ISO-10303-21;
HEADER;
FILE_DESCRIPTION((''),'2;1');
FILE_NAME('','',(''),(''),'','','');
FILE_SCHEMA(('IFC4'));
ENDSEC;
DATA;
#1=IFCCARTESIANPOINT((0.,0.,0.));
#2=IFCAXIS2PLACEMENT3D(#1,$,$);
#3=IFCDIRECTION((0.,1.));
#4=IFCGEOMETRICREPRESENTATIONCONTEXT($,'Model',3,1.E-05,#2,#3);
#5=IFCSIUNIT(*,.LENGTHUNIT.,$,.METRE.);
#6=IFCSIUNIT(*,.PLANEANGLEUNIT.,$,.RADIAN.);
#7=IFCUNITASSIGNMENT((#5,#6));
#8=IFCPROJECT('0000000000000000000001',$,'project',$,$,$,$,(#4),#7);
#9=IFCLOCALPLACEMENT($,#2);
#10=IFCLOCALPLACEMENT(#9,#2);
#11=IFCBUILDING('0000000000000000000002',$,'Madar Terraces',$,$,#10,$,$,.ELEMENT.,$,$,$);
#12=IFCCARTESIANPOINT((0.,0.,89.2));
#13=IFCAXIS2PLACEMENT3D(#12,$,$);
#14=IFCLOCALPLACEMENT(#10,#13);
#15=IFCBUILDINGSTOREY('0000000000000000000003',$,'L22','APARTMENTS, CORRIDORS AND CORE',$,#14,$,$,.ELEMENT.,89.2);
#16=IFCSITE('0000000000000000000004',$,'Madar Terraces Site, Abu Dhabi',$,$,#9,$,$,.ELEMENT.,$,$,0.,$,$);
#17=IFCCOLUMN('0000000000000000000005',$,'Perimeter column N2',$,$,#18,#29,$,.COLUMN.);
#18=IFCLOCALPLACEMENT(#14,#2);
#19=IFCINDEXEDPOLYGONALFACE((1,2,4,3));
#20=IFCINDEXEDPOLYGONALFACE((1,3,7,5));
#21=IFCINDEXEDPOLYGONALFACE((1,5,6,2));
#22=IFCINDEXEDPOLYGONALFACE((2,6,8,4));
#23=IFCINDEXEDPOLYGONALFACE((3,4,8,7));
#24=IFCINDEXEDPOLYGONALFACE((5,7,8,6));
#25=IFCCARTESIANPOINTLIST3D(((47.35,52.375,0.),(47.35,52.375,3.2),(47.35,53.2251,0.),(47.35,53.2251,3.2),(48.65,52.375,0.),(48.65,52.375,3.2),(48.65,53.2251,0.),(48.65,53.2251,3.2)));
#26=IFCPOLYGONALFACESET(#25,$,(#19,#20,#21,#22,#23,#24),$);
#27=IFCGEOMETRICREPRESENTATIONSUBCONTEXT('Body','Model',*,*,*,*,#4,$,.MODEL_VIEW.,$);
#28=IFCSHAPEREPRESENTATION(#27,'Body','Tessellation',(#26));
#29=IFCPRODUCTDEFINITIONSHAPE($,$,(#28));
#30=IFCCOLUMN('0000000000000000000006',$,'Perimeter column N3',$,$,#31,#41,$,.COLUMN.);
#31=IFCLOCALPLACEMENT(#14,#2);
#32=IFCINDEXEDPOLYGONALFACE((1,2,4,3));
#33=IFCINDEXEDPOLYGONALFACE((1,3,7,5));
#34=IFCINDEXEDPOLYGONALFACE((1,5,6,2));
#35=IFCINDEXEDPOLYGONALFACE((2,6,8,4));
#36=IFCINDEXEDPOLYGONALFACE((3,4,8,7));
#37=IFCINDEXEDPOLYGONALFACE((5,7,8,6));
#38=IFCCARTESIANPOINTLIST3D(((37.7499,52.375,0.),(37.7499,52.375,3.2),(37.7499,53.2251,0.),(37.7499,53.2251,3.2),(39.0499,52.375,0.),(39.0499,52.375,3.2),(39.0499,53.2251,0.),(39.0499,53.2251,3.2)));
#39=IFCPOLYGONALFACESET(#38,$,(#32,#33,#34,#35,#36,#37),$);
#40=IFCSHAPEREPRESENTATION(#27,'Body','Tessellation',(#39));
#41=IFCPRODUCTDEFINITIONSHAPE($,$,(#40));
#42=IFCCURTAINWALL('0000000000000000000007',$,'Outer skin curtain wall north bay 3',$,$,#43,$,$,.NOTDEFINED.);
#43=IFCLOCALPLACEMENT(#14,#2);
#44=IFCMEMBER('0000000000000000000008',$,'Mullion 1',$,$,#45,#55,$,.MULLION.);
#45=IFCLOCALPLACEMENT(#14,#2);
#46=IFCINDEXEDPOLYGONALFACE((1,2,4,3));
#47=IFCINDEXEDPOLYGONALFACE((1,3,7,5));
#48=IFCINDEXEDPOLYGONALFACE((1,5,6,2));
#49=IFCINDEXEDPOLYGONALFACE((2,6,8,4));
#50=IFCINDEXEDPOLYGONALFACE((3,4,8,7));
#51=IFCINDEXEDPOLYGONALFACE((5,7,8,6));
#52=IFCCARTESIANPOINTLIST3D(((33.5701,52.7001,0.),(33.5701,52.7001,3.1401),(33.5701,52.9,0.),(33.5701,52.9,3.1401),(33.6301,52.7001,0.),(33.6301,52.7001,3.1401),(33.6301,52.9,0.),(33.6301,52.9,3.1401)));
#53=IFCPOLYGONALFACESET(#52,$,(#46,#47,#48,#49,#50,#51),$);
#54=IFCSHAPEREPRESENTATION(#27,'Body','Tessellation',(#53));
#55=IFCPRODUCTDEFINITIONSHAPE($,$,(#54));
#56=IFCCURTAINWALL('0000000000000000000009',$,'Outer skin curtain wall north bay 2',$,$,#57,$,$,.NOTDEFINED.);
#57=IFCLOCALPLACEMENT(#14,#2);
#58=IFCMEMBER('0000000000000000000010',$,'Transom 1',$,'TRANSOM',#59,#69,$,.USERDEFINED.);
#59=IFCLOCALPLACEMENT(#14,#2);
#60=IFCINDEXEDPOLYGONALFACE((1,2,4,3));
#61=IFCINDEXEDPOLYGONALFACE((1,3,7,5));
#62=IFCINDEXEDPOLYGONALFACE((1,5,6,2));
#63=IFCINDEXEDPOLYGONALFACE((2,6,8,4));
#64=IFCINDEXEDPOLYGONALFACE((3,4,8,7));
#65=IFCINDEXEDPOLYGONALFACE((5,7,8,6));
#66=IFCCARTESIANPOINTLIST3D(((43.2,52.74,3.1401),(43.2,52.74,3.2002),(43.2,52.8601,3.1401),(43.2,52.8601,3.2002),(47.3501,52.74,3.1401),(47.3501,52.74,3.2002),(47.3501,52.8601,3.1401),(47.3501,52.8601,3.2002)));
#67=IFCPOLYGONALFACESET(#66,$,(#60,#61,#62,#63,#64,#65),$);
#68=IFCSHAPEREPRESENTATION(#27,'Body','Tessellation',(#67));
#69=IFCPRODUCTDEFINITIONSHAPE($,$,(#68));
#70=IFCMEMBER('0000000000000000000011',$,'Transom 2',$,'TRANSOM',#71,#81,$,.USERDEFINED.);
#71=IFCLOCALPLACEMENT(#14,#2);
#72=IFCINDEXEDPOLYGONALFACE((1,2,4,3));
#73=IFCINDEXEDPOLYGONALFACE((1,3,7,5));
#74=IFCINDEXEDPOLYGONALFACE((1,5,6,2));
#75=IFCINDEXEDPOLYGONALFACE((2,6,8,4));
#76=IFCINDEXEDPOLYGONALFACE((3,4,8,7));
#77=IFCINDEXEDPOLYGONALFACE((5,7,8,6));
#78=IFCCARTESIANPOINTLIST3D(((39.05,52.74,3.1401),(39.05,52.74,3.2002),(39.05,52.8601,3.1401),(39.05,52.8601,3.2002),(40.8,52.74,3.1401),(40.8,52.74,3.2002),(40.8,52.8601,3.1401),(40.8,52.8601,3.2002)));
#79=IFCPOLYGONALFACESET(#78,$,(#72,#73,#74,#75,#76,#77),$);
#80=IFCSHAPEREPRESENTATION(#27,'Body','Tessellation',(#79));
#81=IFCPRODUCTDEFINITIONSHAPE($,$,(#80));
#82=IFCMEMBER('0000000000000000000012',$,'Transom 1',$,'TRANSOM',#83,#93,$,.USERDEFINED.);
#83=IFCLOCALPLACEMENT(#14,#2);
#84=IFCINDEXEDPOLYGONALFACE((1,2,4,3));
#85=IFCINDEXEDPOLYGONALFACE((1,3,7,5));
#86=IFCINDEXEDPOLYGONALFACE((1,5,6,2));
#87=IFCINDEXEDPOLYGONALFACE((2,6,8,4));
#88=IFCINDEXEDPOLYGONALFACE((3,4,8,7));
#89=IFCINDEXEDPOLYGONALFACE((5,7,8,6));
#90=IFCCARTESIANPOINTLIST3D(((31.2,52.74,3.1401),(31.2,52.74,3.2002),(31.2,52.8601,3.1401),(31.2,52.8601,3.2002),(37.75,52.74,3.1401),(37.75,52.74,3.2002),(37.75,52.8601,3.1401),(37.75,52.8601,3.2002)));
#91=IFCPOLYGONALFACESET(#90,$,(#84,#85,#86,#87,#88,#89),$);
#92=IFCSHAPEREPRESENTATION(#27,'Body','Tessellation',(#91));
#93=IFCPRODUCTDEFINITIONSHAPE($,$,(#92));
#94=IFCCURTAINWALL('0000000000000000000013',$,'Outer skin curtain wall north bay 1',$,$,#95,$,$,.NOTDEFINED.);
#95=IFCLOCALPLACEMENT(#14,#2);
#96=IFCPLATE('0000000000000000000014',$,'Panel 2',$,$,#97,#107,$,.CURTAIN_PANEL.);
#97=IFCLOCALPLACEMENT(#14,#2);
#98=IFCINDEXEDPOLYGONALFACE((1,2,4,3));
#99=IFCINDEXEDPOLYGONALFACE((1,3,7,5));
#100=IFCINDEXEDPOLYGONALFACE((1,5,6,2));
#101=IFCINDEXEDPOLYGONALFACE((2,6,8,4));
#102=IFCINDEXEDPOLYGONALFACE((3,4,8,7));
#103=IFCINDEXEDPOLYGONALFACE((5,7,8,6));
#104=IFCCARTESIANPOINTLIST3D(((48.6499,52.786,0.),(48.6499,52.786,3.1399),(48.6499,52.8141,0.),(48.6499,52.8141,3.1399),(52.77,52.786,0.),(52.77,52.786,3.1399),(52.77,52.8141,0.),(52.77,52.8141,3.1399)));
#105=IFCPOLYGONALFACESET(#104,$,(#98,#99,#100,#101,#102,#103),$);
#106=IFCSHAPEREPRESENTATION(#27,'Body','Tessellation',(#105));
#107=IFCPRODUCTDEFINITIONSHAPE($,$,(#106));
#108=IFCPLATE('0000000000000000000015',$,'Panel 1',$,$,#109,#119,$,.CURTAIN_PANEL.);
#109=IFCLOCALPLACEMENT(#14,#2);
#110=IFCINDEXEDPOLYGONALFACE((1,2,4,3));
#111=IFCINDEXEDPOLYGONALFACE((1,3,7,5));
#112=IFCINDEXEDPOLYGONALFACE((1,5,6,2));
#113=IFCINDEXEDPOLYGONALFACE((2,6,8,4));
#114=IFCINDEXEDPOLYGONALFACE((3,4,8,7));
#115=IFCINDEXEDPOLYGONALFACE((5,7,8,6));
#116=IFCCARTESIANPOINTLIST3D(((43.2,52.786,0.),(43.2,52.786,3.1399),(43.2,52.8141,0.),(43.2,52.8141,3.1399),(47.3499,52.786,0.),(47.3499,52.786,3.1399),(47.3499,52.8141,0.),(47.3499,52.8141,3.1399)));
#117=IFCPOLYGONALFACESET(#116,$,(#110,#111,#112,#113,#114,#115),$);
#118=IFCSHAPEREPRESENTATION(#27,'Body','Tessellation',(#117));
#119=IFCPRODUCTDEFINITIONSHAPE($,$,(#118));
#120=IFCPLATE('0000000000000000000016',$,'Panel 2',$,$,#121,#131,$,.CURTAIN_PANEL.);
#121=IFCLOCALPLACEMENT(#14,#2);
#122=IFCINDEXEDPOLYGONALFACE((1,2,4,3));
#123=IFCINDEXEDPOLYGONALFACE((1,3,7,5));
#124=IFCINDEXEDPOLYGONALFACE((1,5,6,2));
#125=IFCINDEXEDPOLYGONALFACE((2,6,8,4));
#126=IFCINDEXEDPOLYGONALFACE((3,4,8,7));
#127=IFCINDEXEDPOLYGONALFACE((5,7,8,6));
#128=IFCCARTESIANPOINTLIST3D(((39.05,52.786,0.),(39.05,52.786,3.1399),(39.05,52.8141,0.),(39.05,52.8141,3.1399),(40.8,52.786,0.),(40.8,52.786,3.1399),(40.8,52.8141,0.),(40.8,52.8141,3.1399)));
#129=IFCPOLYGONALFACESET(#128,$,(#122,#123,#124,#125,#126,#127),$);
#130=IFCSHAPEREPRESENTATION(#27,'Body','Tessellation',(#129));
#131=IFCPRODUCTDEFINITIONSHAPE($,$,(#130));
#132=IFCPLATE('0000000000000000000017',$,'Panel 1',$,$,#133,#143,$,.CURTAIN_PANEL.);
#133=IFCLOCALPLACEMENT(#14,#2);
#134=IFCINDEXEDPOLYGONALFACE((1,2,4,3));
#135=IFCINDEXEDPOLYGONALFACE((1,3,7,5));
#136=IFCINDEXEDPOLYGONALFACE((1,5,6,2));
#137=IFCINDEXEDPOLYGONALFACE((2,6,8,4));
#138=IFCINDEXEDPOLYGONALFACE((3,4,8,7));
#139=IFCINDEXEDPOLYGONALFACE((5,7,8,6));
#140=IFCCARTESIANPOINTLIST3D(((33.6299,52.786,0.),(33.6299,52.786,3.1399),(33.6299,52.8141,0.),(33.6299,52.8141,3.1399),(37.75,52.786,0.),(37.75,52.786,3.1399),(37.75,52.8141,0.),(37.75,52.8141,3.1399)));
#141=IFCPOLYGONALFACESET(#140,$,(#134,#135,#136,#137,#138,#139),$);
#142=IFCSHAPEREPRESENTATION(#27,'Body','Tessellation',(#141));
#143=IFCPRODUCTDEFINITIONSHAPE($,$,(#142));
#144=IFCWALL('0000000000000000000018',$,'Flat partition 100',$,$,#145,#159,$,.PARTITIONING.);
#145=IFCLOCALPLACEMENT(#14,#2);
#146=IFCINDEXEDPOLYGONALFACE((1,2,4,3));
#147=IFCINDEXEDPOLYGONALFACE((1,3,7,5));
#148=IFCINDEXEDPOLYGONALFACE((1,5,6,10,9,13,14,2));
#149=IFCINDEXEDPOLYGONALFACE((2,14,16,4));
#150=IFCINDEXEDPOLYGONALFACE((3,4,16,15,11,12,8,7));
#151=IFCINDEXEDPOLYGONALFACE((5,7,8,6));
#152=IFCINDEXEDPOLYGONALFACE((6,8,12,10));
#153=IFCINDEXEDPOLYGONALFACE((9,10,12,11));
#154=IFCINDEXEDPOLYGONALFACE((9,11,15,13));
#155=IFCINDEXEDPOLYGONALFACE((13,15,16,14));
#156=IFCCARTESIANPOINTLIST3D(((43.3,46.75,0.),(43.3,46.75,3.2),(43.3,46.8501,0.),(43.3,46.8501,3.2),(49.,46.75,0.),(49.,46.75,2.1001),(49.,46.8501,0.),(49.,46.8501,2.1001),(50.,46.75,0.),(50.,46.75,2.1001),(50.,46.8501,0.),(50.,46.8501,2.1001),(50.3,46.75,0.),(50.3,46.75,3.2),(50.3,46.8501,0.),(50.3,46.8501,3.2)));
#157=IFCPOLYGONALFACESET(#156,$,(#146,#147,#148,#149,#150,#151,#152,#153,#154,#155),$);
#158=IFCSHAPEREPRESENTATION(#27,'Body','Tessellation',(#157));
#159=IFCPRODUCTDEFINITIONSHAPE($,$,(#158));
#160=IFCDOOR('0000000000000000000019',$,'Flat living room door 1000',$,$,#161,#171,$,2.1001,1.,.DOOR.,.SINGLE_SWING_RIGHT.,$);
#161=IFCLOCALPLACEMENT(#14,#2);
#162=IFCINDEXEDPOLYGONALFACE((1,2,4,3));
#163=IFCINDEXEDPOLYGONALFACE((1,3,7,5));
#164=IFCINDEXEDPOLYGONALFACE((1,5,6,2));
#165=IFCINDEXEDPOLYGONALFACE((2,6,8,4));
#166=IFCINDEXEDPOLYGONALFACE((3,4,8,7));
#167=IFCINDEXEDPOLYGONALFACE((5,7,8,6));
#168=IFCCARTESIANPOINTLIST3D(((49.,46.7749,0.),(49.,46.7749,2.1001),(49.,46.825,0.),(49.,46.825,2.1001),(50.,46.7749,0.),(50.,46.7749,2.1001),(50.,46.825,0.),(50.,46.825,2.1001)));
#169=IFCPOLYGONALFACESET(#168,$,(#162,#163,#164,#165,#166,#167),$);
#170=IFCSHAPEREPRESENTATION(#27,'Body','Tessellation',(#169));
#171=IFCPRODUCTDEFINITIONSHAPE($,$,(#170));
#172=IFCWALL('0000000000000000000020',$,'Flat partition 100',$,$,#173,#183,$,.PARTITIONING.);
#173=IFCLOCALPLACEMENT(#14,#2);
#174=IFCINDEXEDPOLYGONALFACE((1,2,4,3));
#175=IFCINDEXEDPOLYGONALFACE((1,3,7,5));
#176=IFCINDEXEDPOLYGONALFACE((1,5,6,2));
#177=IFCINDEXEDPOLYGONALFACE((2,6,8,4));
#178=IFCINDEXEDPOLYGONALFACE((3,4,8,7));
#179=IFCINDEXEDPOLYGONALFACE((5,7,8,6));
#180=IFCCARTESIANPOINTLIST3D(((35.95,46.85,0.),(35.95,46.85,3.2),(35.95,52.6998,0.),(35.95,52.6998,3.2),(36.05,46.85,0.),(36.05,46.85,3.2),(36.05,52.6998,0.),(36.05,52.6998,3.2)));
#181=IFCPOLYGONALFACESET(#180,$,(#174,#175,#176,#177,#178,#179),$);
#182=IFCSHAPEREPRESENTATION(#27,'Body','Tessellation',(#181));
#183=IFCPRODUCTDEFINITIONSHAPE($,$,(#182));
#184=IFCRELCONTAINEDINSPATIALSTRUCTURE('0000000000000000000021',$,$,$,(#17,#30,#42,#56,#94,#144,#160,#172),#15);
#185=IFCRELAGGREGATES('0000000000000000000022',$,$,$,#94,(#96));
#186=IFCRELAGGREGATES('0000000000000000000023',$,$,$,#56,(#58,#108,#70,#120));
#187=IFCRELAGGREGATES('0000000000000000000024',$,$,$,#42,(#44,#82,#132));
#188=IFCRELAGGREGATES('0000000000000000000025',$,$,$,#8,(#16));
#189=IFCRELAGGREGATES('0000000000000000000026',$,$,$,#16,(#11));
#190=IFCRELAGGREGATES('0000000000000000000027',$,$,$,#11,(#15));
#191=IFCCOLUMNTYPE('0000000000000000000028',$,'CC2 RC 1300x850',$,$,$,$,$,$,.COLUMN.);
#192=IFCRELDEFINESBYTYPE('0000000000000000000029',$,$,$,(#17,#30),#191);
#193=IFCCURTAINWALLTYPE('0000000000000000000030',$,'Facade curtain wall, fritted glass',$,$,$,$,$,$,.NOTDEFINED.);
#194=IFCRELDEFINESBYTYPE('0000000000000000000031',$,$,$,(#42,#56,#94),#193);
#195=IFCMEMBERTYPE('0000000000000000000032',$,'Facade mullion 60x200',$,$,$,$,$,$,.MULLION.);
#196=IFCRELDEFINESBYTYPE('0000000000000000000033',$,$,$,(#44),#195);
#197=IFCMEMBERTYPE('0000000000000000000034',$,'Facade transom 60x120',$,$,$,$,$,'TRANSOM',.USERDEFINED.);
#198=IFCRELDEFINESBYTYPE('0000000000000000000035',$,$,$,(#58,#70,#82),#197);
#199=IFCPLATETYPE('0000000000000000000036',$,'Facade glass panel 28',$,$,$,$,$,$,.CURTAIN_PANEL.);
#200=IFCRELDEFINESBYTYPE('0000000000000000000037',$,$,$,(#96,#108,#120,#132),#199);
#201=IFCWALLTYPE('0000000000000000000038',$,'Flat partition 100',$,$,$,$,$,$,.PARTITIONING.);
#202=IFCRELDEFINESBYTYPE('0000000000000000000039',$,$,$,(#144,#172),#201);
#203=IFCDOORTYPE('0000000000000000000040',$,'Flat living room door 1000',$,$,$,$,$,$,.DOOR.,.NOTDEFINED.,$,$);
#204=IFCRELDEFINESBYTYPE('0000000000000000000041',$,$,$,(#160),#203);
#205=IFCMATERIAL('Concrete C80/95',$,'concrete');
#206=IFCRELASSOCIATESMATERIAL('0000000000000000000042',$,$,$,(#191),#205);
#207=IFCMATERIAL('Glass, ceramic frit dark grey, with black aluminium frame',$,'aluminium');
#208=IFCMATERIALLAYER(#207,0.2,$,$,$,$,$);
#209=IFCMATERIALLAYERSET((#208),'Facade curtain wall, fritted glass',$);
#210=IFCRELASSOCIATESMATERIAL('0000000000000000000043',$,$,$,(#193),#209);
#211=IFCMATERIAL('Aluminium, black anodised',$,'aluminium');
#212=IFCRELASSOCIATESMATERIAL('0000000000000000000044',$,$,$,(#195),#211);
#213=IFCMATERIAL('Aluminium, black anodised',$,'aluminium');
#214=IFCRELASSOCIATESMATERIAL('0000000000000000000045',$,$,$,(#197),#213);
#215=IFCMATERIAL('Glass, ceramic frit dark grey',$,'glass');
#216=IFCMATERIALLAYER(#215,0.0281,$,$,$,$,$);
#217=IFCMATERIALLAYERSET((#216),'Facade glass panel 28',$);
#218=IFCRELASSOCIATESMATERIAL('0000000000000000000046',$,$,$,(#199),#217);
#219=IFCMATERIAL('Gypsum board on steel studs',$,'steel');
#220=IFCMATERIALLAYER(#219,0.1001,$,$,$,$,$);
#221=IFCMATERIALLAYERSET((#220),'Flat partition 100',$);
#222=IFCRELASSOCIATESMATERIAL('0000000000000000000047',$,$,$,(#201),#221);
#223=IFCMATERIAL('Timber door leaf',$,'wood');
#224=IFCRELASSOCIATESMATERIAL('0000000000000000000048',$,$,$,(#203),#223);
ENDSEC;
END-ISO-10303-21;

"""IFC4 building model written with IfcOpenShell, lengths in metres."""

from ifc_helpers import new_model, si_unit, direction, frame, frame_2d, origin, origin_2d, place, context, subcontext, project, spatial, rectangle, extrude, material, layer, layer_set, material_profile, profile_set, type_object, element, fill, aggregate, save


model = new_model("IFC4")

# Units and contexts
model_context = context("Model", 3, precision=1e-05, world=origin(), true_north=direction((0.0, 1.0)))
body_context = subcontext(model_context, "Body", "Model", "MODEL_VIEW")
ifc_project = project(units=[si_unit("LENGTHUNIT", "METRE"), si_unit("PLANEANGLEUNIT", "RADIAN")], contexts=[model_context])

# Site, building, storey
site_placement = place(None, origin())
site = spatial("IfcSite", under=ifc_project, at=site_placement, Name="Madar Terraces Site, Abu Dhabi", CompositionType="ELEMENT", RefElevation=0.0)
building_placement = place(site_placement, origin())
building = spatial("IfcBuilding", under=site, at=building_placement, Name="Madar Terraces", CompositionType="ELEMENT")
storey_placement = place(building_placement, frame((0.0, 0.0, 89.2)))
storey = spatial("IfcBuildingStorey", under=building, at=storey_placement, Name="L22", Description="APARTMENTS, CORRIDORS AND CORE", CompositionType="ELEMENT", Elevation=89.2)

# Columns
ifc_material_1 = material(Name="Concrete C80/95", Category="concrete")
ifc_material_profile_1 = material_profile(ifc_material_1, rectangle(XDim=1.3, YDim=0.8501, at=origin_2d()), Name="CC2 RC 1300x850")
ifc_profile_set_1 = profile_set([ifc_material_profile_1], Name="Concrete C80/95")
column_type = type_object("IfcColumnType", Name="CC2 RC 1300x850", PredefinedType="COLUMN", material=ifc_profile_set_1)
for number, where, z_axis, x_axis, name in (
    (1, (48.0, 52.8, 0.0), (0.0, 0.0, 1.0), (1.0, 0.0, 0.0), "Perimeter column N2"),
    (2, (38.3999, 52.8, 0.0), (0.0, 0.0, 1.0), (1.0, 0.0, 0.0), "Perimeter column N3"),
):
    element("IfcColumn", number, at=place(storey_placement, frame(where, z_axis=z_axis, x_axis=x_axis)), inside=storey, type_object=column_type, Name=name, PredefinedType="COLUMN", context=body_context, shape_type="SweptSolid", body=[
        extrude(rectangle(XDim=1.3, YDim=0.8501, at=origin_2d()), origin(), (0.0, 0.0, 1.0), 3.2),
    ])

# Curtain wall, member
ifc_material_2 = material(Name="Glass, ceramic frit dark grey, with black aluminium frame", Category="aluminium")
ifc_layer_1 = layer(ifc_material_2, 0.2)
ifc_layer_set_1 = layer_set([ifc_layer_1], Name="Facade curtain wall, fritted glass")
curtain_wall_type = type_object("IfcCurtainWallType", Name="Facade curtain wall, fritted glass", PredefinedType="NOTDEFINED", material=ifc_layer_set_1)
curtain_wall_1_placement = place(storey_placement, origin())
curtain_wall_1 = element("IfcCurtainWall", 3, at=curtain_wall_1_placement, inside=storey, type_object=curtain_wall_type, Name="Outer skin curtain wall north bay 3", PredefinedType="NOTDEFINED")
ifc_material_3 = material(Name="Aluminium, black anodised", Category="aluminium")
ifc_material_profile_2 = material_profile(ifc_material_3, rectangle(XDim=0.2, YDim=0.0601, at=origin_2d()), Name="Facade mullion 60x200")
ifc_profile_set_2 = profile_set([ifc_material_profile_2], Name="Aluminium, black anodised")
member_type_1 = type_object("IfcMemberType", Name="Facade mullion 60x200", PredefinedType="MULLION", material=ifc_profile_set_2)
member_1_placement = place(storey_placement, frame((33.6001, 52.8, 0.0), z_axis=(0.0, 0.0, 1.0), x_axis=(0.0, -1.0, 0.0)))
member_1 = element("IfcMember", 4, at=member_1_placement, type_object=member_type_1, Name="Mullion 1", PredefinedType="MULLION", context=body_context, shape_type="SweptSolid", body=[
    extrude(rectangle(XDim=0.2, YDim=0.0601, at=origin_2d()), origin(), (0.0, 0.0, 1.0), 3.1401),
])

# Curtain wall, members
curtain_wall_2_placement = place(storey_placement, origin())
curtain_wall_2 = element("IfcCurtainWall", 5, at=curtain_wall_2_placement, inside=storey, type_object=curtain_wall_type, Name="Outer skin curtain wall north bay 2", PredefinedType="NOTDEFINED")
ifc_material_4 = material(Name="Aluminium, black anodised", Category="aluminium")
ifc_material_profile_3 = material_profile(ifc_material_4, rectangle(XDim=0.1201, YDim=0.0601, at=origin_2d()), Name="Facade transom 60x120")
ifc_profile_set_3 = profile_set([ifc_material_profile_3], Name="Aluminium, black anodised")
member_type_2 = type_object("IfcMemberType", Name="Facade transom 60x120", ElementType="TRANSOM", PredefinedType="USERDEFINED", material=ifc_profile_set_3)
member_2_placement = place(storey_placement, frame((47.3501, 52.8, 3.1702), z_axis=(-1.0, 0.0, 0.0), x_axis=(0.0, -1.0, 0.0)))
member_2 = element("IfcMember", 6, at=member_2_placement, type_object=member_type_2, Name="Transom 1", ObjectType="TRANSOM", PredefinedType="USERDEFINED", context=body_context, shape_type="SweptSolid", body=[
    extrude(rectangle(XDim=0.1201, YDim=0.0601, at=origin_2d()), origin(), (0.0, 0.0, 1.0), 4.1501),
])
member_3_placement = place(storey_placement, frame((40.8, 52.8, 3.1702), z_axis=(-1.0, 0.0, 0.0), x_axis=(0.0, -1.0, 0.0)))
member_3 = element("IfcMember", 7, at=member_3_placement, type_object=member_type_2, Name="Transom 2", ObjectType="TRANSOM", PredefinedType="USERDEFINED", context=body_context, shape_type="SweptSolid", body=[
    extrude(rectangle(XDim=0.1201, YDim=0.0601, at=origin_2d()), origin(), (0.0, 0.0, 1.0), 1.75),
])

# Member
member_4_placement = place(storey_placement, frame((37.75, 52.8, 3.1702), z_axis=(-1.0, 0.0, 0.0), x_axis=(0.0, -1.0, 0.0)))
member_4 = element("IfcMember", 8, at=member_4_placement, type_object=member_type_2, Name="Transom 1", ObjectType="TRANSOM", PredefinedType="USERDEFINED", context=body_context, shape_type="SweptSolid", body=[
    extrude(rectangle(XDim=0.1201, YDim=0.0601, at=origin_2d()), origin(), (0.0, 0.0, 1.0), 6.55),
])

# Curtain wall, plate
curtain_wall_3_placement = place(storey_placement, origin())
curtain_wall_3 = element("IfcCurtainWall", 9, at=curtain_wall_3_placement, inside=storey, type_object=curtain_wall_type, Name="Outer skin curtain wall north bay 1", PredefinedType="NOTDEFINED")
ifc_material_5 = material(Name="Glass, ceramic frit dark grey", Category="glass")
ifc_layer_2 = layer(ifc_material_5, 0.0281)
ifc_layer_set_2 = layer_set([ifc_layer_2], Name="Facade glass panel 28")
plate_type = type_object("IfcPlateType", Name="Facade glass panel 28", PredefinedType="CURTAIN_PANEL", material=ifc_layer_set_2)
plate_1_placement = place(storey_placement, frame((50.71, 52.8, 0.0), z_axis=(0.0, 0.0, 1.0), x_axis=(-1.0, 0.0, 0.0)))
plate_1 = element("IfcPlate", 10, at=plate_1_placement, type_object=plate_type, Name="Panel 2", PredefinedType="CURTAIN_PANEL", context=body_context, shape_type="SweptSolid", body=[
    extrude(rectangle(XDim=4.1201, YDim=0.0281, at=origin_2d()), origin(), (0.0, 0.0, 1.0), 3.1399),
])
aggregate(curtain_wall_3, [plate_1])

# Plates
plate_2_placement = place(storey_placement, frame((45.2749, 52.8, 0.0), z_axis=(0.0, 0.0, 1.0), x_axis=(-1.0, 0.0, 0.0)))
plate_2 = element("IfcPlate", 11, at=plate_2_placement, type_object=plate_type, Name="Panel 1", PredefinedType="CURTAIN_PANEL", context=body_context, shape_type="SweptSolid", body=[
    extrude(rectangle(XDim=4.1499, YDim=0.0281, at=origin_2d()), origin(), (0.0, 0.0, 1.0), 3.1399),
])
plate_3_placement = place(storey_placement, frame((39.925, 52.8, 0.0), z_axis=(0.0, 0.0, 1.0), x_axis=(-1.0, 0.0, 0.0)))
plate_3 = element("IfcPlate", 12, at=plate_3_placement, type_object=plate_type, Name="Panel 2", PredefinedType="CURTAIN_PANEL", context=body_context, shape_type="SweptSolid", body=[
    extrude(rectangle(XDim=1.75, YDim=0.0281, at=origin_2d()), origin(), (0.0, 0.0, 1.0), 3.1399),
])
aggregate(curtain_wall_2, [member_2, plate_2, member_3, plate_3])
plate_4_placement = place(storey_placement, frame((35.6899, 52.8, 0.0), z_axis=(0.0, 0.0, 1.0), x_axis=(-1.0, 0.0, 0.0)))
plate_4 = element("IfcPlate", 13, at=plate_4_placement, type_object=plate_type, Name="Panel 1", PredefinedType="CURTAIN_PANEL", context=body_context, shape_type="SweptSolid", body=[
    extrude(rectangle(XDim=4.1201, YDim=0.0281, at=origin_2d()), origin(), (0.0, 0.0, 1.0), 3.1399),
])
aggregate(curtain_wall_1, [member_1, member_4, plate_4])

# Wall, opening, door
ifc_material_6 = material(Name="Gypsum board on steel studs", Category="steel")
ifc_layer_3 = layer(ifc_material_6, 0.1001)
ifc_layer_set_3 = layer_set([ifc_layer_3], Name="Flat partition 100")
wall_type_1 = type_object("IfcWallType", Name="Flat partition 100", PredefinedType="PARTITIONING", material=ifc_layer_set_3)
wall_1_placement = place(storey_placement, frame((43.3, 46.8, 0.0), z_axis=(0.0, 0.0, 1.0), x_axis=(1.0, 0.0, 0.0)))
wall_1 = element("IfcWall", 14, at=wall_1_placement, inside=storey, type_object=wall_type_1, Name="Flat partition 100", PredefinedType="PARTITIONING", context=body_context, shape_type="SweptSolid", body=[
    extrude(rectangle(XDim=7.0, YDim=0.1001, at=frame_2d((3.5, 0.0))), origin(), (0.0, 0.0, 1.0), 3.2),
])
opening_1_placement = place(wall_1_placement, frame((5.7, 0.0, 0.0)))
opening_1 = element("IfcOpeningElement", 15, at=opening_1_placement, cuts=wall_1, PredefinedType="OPENING", context=body_context, shape_type="SweptSolid", body=[
    extrude(rectangle(XDim=1.0, YDim=2.1001, at=frame_2d((0.5, 1.05))), frame((0.0, 0.0601, 0.0), z_axis=(0.0, -1.0, 0.0), x_axis=(1.0, 0.0, 0.0)), (0.0, 0.0, 1.0), 0.1201),
])
ifc_material_7 = material(Name="Timber door leaf", Category="wood")
door_type_1 = type_object("IfcDoorType", Name="Flat living room door 1000", OperationType="NOTDEFINED", PredefinedType="DOOR", material=ifc_material_7)
door_1_placement = place(opening_1_placement, origin())
door_1 = element("IfcDoor", 16, at=door_1_placement, inside=storey, type_object=door_type_1, Name="Flat living room door 1000", OperationType="SINGLE_SWING_RIGHT", OverallHeight=2.1001, OverallWidth=1.0, PredefinedType="DOOR", context=body_context, shape_type="SweptSolid", body=[
    extrude(rectangle(XDim=1.0, YDim=2.1001, at=frame_2d((0.5, 1.05))), frame((0.0, 0.0249, 0.0), z_axis=(0.0, -1.0, 0.0), x_axis=(1.0, 0.0, 0.0)), (0.0, 0.0, 1.0), 0.05),
])
fill(opening_1, door_1)

# Wall
wall_2_placement = place(storey_placement, frame((36.0, 46.8501, 0.0), z_axis=(0.0, 0.0, 1.0), x_axis=(0.0, 1.0, 0.0)))
element("IfcWall", 17, at=wall_2_placement, inside=storey, type_object=wall_type_1, Name="Flat partition 100", PredefinedType="PARTITIONING", context=body_context, shape_type="SweptSolid", body=[
    extrude(rectangle(XDim=5.8499, YDim=0.1001, at=frame_2d((2.9248, 0.0))), origin(), (0.0, 0.0, 1.0), 3.2),
])

save(model, "model.ifc")
